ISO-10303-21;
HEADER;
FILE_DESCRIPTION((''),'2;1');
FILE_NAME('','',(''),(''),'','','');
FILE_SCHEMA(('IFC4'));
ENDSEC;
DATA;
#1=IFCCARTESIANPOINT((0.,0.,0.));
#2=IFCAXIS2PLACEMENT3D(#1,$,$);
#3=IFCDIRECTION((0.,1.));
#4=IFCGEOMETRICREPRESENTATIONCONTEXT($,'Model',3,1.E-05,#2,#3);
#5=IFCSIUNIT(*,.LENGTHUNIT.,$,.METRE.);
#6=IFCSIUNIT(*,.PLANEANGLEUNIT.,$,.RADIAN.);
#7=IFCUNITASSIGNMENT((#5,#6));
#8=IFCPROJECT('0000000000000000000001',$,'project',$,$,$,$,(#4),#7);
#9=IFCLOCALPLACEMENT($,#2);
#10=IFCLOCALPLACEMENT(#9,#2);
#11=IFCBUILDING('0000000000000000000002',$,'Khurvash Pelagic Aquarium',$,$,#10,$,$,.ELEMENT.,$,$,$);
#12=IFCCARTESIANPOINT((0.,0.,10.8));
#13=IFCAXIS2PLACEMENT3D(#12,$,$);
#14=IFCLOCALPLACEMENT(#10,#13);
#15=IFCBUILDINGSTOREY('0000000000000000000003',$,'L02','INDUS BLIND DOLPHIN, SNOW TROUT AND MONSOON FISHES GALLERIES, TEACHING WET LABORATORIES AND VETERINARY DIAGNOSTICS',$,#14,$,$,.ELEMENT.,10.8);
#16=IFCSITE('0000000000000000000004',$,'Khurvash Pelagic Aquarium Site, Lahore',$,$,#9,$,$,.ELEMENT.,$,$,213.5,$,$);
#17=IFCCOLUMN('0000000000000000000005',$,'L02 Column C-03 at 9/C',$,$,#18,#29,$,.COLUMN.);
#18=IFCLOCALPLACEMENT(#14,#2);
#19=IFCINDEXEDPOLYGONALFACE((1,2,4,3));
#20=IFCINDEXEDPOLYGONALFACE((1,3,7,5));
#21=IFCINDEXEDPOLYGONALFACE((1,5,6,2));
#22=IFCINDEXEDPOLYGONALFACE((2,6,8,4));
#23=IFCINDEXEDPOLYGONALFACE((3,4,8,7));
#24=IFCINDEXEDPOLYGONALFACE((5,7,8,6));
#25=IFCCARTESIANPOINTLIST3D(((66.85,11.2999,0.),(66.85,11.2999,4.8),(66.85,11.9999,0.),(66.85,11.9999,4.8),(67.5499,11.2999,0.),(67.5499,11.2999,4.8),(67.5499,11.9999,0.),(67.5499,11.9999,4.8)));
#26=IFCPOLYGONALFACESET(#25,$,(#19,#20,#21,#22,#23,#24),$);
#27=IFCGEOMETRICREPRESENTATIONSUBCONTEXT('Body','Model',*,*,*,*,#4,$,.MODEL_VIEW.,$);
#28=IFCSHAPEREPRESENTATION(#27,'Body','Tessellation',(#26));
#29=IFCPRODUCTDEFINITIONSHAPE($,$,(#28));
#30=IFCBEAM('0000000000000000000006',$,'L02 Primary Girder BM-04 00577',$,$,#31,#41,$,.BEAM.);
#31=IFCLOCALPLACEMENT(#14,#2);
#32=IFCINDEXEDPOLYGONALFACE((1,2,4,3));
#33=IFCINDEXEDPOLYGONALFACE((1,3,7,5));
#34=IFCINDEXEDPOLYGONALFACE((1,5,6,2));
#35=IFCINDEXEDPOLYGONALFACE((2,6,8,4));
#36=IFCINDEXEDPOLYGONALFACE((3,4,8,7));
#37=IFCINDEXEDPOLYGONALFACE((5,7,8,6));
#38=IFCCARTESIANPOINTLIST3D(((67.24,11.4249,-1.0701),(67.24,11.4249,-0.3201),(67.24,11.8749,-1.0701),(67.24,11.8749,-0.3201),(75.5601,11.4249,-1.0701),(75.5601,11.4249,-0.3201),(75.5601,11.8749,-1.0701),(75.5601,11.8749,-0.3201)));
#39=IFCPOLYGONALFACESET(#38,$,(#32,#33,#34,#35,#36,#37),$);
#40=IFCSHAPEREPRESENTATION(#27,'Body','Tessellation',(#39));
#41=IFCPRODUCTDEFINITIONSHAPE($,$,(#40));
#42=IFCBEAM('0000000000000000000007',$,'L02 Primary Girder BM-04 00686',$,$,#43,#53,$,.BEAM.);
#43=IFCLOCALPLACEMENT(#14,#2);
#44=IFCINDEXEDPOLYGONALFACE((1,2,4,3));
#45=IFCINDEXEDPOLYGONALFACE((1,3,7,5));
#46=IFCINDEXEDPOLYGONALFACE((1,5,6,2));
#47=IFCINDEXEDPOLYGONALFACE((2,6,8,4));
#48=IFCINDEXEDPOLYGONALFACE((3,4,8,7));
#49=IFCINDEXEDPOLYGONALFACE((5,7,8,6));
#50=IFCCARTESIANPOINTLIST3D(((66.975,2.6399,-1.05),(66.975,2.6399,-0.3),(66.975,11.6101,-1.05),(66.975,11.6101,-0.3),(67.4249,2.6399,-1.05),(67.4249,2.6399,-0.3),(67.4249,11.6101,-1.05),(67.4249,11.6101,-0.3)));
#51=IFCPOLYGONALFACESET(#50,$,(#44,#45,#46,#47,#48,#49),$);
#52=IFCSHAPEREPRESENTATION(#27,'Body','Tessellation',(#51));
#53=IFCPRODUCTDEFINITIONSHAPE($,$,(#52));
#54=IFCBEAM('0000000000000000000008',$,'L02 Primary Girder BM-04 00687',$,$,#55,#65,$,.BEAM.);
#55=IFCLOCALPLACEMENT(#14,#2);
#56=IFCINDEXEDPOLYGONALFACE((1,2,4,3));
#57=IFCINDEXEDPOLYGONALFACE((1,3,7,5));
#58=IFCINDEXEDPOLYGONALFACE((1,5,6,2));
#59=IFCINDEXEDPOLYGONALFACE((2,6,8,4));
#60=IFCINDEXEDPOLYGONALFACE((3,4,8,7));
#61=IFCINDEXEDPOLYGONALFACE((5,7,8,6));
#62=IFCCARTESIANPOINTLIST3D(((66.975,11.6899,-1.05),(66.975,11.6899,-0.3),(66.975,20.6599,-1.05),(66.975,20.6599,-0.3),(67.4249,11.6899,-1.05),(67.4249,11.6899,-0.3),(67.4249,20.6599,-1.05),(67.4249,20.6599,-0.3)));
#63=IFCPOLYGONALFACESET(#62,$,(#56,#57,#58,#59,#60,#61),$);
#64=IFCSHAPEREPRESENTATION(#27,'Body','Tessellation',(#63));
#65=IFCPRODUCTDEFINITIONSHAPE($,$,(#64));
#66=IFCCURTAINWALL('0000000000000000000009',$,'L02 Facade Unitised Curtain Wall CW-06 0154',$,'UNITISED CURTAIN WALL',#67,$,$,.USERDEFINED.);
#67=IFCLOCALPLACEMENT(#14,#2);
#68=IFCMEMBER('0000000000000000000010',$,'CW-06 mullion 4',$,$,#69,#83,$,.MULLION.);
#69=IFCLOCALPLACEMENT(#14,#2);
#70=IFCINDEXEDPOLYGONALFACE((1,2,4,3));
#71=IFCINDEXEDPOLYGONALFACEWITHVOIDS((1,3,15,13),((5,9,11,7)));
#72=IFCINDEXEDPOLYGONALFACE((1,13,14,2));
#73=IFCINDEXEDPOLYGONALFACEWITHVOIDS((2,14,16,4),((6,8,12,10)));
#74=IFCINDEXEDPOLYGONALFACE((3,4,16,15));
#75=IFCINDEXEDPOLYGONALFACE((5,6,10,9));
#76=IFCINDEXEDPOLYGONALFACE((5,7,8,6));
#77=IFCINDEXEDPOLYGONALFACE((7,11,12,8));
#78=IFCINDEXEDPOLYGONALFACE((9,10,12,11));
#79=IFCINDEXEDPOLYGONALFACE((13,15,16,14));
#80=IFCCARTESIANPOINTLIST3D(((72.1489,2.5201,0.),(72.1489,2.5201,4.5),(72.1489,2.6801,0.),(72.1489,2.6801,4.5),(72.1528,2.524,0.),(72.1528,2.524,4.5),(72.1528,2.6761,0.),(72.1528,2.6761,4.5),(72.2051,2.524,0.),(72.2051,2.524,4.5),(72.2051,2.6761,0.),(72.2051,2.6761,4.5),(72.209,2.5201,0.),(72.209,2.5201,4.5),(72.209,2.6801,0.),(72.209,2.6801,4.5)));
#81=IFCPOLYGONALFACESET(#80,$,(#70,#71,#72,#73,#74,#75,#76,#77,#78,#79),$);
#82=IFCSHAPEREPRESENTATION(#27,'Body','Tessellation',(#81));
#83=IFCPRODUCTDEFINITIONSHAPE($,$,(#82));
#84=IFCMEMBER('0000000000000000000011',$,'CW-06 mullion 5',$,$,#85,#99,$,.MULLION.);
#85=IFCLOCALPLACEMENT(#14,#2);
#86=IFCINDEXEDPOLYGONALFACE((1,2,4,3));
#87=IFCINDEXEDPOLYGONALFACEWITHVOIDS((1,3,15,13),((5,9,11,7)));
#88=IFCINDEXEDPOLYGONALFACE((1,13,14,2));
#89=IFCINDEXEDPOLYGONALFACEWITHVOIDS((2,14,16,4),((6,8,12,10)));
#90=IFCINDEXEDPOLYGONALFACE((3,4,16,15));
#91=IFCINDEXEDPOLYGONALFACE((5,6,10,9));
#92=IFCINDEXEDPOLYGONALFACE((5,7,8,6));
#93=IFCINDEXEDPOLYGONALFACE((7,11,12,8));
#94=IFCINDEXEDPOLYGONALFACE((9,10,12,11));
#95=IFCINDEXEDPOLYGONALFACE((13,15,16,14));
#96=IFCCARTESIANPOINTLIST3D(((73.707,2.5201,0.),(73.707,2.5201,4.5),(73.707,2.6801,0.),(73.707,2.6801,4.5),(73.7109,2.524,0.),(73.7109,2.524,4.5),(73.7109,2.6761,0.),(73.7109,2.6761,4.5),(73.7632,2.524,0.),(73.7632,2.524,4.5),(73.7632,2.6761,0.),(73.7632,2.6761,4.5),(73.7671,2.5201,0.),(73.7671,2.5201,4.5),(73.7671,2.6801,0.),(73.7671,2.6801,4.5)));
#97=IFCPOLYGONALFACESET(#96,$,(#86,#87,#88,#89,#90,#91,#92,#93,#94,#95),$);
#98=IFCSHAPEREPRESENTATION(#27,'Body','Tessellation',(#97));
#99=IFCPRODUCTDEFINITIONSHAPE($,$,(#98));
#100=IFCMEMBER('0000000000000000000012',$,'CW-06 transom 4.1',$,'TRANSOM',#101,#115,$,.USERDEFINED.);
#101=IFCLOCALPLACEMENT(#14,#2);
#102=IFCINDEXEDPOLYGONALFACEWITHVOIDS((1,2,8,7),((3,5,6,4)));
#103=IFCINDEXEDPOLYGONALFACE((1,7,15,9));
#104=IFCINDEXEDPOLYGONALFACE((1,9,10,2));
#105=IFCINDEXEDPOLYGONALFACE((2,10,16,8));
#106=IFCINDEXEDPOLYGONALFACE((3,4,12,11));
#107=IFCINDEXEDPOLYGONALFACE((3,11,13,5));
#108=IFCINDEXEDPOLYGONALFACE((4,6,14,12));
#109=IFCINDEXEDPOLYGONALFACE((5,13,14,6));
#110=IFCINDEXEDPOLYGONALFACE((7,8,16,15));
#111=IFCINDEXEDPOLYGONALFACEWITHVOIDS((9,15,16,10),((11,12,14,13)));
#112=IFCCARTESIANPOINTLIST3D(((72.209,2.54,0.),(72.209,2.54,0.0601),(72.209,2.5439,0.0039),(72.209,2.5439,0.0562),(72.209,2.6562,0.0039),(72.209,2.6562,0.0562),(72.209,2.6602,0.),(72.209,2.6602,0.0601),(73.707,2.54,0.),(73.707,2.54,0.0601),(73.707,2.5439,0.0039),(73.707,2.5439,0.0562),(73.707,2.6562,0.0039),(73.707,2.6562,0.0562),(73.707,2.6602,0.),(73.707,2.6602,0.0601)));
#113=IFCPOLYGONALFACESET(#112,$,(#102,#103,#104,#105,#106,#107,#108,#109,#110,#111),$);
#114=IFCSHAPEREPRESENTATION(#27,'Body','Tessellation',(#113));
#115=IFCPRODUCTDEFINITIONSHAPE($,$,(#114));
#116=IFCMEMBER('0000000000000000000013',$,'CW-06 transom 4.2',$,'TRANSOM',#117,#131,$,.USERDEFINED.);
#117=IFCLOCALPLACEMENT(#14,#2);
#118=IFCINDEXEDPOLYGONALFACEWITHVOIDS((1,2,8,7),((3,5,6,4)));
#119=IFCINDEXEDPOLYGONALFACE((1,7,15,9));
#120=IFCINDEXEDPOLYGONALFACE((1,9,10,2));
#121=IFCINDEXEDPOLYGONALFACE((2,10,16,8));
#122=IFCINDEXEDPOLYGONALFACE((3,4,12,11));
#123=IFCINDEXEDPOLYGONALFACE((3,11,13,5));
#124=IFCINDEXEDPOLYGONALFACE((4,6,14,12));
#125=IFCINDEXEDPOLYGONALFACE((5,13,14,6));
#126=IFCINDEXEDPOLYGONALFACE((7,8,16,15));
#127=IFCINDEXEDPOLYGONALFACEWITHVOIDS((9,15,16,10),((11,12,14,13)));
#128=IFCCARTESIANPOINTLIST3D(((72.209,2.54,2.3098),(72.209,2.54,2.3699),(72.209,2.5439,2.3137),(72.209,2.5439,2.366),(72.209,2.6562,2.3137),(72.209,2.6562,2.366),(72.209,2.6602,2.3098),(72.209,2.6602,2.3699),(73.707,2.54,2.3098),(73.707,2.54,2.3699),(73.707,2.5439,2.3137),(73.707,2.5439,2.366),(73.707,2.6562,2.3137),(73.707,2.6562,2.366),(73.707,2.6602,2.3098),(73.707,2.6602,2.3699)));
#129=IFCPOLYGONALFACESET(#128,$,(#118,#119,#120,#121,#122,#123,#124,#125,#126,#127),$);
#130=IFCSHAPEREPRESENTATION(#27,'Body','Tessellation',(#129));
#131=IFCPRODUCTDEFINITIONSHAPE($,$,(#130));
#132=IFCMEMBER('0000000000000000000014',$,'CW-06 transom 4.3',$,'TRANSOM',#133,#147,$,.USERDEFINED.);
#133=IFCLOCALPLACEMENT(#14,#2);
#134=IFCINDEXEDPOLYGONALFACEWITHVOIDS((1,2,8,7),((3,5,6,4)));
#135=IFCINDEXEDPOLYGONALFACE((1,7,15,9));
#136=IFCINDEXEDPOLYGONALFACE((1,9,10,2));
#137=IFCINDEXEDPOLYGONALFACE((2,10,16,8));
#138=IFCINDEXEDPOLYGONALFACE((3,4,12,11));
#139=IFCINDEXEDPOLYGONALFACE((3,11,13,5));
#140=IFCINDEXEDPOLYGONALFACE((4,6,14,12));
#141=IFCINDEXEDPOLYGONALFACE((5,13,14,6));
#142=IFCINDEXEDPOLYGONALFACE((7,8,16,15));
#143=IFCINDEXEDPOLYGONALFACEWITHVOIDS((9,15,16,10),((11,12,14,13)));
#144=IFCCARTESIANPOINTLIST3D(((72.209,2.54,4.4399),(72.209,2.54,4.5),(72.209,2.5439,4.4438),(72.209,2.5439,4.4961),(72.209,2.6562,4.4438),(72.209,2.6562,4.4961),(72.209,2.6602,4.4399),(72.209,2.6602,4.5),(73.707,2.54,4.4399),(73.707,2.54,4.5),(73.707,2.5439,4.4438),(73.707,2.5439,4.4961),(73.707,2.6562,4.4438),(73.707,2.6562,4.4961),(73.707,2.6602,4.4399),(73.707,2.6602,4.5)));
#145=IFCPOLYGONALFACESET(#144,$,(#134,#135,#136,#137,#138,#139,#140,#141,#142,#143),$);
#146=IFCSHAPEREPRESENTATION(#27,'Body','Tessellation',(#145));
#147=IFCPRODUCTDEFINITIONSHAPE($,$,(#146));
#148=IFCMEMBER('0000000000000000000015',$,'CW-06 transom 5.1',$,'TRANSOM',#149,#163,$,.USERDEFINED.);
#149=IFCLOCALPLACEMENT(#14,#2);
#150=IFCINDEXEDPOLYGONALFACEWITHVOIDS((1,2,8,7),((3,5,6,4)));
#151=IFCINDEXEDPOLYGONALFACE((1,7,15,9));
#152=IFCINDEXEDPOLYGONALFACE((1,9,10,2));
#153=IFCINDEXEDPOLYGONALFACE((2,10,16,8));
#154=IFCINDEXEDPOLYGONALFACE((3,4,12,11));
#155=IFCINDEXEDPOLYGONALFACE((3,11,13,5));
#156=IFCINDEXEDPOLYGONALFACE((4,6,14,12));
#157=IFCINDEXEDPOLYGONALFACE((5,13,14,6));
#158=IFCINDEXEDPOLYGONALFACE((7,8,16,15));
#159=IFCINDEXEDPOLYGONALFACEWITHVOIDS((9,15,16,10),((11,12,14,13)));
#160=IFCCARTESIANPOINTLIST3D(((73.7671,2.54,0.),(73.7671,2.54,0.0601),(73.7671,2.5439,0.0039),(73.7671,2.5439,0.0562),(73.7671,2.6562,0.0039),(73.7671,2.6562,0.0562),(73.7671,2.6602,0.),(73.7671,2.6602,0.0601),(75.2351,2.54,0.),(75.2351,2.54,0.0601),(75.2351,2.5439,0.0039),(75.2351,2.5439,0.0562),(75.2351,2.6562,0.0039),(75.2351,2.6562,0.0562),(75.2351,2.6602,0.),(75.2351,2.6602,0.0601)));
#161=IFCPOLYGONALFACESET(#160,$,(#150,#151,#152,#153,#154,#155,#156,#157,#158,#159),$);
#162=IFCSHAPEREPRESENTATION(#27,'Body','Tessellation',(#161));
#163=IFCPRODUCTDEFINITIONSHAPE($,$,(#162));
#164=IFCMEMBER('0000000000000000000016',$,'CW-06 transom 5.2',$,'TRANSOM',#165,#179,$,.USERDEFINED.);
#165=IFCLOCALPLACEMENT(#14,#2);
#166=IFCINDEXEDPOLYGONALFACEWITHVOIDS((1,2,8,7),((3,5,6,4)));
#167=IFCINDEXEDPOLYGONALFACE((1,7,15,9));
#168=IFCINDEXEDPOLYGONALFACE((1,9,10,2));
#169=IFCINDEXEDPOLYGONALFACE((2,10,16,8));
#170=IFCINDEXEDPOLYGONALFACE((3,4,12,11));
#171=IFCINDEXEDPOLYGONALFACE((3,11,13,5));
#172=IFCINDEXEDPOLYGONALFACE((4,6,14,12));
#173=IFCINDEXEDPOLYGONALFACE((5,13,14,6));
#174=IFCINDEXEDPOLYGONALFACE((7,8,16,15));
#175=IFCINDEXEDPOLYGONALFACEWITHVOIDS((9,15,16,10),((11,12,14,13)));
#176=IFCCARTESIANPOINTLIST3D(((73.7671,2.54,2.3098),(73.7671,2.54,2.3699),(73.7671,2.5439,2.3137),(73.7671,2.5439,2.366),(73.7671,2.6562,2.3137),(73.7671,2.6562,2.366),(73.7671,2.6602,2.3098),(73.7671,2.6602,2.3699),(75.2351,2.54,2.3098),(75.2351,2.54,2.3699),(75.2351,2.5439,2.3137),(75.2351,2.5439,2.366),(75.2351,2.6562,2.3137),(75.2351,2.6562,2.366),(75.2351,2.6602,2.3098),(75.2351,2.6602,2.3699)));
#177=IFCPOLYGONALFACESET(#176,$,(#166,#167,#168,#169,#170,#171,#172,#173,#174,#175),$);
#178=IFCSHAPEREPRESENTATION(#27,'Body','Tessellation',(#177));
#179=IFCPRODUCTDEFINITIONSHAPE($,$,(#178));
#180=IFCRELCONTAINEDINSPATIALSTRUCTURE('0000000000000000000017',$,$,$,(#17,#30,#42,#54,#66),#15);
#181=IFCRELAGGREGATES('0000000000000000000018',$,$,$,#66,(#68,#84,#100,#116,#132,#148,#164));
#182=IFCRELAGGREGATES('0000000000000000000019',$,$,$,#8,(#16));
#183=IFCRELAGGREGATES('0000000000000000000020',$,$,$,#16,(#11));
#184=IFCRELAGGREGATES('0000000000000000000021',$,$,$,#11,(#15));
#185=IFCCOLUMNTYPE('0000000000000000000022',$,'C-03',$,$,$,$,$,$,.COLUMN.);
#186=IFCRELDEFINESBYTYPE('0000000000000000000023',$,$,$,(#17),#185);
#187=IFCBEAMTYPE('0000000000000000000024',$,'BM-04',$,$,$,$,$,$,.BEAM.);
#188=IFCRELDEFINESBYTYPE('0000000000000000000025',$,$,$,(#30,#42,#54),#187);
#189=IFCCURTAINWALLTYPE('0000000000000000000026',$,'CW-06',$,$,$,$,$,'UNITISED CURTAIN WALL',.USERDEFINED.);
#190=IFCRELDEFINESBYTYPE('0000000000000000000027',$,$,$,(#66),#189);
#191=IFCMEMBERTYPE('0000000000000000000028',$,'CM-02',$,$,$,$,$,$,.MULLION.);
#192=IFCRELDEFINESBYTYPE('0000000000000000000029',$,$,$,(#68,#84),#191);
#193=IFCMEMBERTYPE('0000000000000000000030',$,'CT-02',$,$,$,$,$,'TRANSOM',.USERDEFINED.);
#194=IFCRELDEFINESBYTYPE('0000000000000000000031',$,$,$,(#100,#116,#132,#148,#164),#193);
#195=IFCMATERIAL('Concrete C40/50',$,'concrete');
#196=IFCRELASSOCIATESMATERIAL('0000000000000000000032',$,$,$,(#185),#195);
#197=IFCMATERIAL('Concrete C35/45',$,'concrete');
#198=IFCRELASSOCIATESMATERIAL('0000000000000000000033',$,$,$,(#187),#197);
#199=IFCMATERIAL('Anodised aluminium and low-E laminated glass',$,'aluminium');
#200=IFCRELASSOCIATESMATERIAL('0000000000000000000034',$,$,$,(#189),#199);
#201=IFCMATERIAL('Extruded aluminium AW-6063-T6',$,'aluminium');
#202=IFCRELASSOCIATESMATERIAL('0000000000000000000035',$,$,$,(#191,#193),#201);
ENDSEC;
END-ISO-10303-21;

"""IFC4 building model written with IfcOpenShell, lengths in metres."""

from ifc_helpers import new_model, si_unit, direction, frame, origin, origin_2d, place, context, subcontext, project, spatial, rectangle, hollow_rectangle, extrude, material, material_profile, profile_set, type_object, element, aggregate, save


model = new_model("IFC4")

# Units and contexts
model_context = context("Model", 3, precision=1e-05, world=origin(), true_north=direction((0.0, 1.0)))
body_context = subcontext(model_context, "Body", "Model", "MODEL_VIEW")
ifc_project = project(units=[si_unit("LENGTHUNIT", "METRE"), si_unit("PLANEANGLEUNIT", "RADIAN")], contexts=[model_context])

# Site, building, storey
site_placement = place(None, origin())
site = spatial("IfcSite", under=ifc_project, at=site_placement, Name="Khurvash Pelagic Aquarium Site, Lahore", CompositionType="ELEMENT", RefElevation=213.5)
building_placement = place(site_placement, origin())
building = spatial("IfcBuilding", under=site, at=building_placement, Name="Khurvash Pelagic Aquarium", CompositionType="ELEMENT")
storey_placement = place(building_placement, frame((0.0, 0.0, 10.8)))
storey = spatial("IfcBuildingStorey", under=building, at=storey_placement, Name="L02", Description="INDUS BLIND DOLPHIN, SNOW TROUT AND MONSOON FISHES GALLERIES, TEACHING WET LABORATORIES AND VETERINARY DIAGNOSTICS", CompositionType="ELEMENT", Elevation=10.8)

# Column
ifc_material_1 = material(Name="Concrete C40/50", Category="concrete")
ifc_material_profile_1 = material_profile(ifc_material_1, rectangle(XDim=0.7, YDim=0.7, at=origin_2d()), Name="RC700X700")
ifc_profile_set_1 = profile_set([ifc_material_profile_1], Name="Concrete C40/50")
column_type = type_object("IfcColumnType", Name="C-03", PredefinedType="COLUMN", material=ifc_profile_set_1)
column_placement = place(storey_placement, frame((67.2, 11.6499, 0.0), z_axis=(0.0, 0.0, 1.0), x_axis=(1.0, 0.0, 0.0)))
element("IfcColumn", 1, at=column_placement, inside=storey, type_object=column_type, Name="L02 Column C-03 at 9/C", PredefinedType="COLUMN", context=body_context, shape_type="SweptSolid", body=[
    extrude(rectangle(XDim=0.7, YDim=0.7, at=origin_2d()), origin(), (0.0, 0.0, 1.0), 4.8),
])

# Beams
ifc_material_2 = material(Name="Concrete C35/45", Category="concrete")
ifc_material_profile_2 = material_profile(ifc_material_2, rectangle(XDim=0.45, YDim=0.75, at=origin_2d()), Name="RC450X750")
ifc_profile_set_2 = profile_set([ifc_material_profile_2], Name="Concrete C35/45")
beam_type_1 = type_object("IfcBeamType", Name="BM-04", PredefinedType="BEAM", material=ifc_profile_set_2)
beam_1_placement = place(storey_placement, frame((67.24, 11.6499, -0.6951), z_axis=(1.0, 0.0, 0.0), x_axis=(0.0, 1.0, 0.0)))
element("IfcBeam", 2, at=beam_1_placement, inside=storey, type_object=beam_type_1, Name="L02 Primary Girder BM-04 00577", PredefinedType="BEAM", context=body_context, shape_type="SweptSolid", body=[
    extrude(rectangle(XDim=0.45, YDim=0.75, at=origin_2d()), origin(), (0.0, 0.0, 1.0), 8.3201),
])
beam_2_placement = place(storey_placement, frame((67.2, 2.6399, -0.675), z_axis=(0.0, 1.0, 0.0), x_axis=(-1.0, 0.0, 0.0)))
element("IfcBeam", 3, at=beam_2_placement, inside=storey, type_object=beam_type_1, Name="L02 Primary Girder BM-04 00686", PredefinedType="BEAM", context=body_context, shape_type="SweptSolid", body=[
    extrude(rectangle(XDim=0.45, YDim=0.75, at=origin_2d()), origin(), (0.0, 0.0, 1.0), 8.9702),
])
beam_3_placement = place(storey_placement, frame((67.2, 11.6899, -0.675), z_axis=(0.0, 1.0, 0.0), x_axis=(-1.0, 0.0, 0.0)))
element("IfcBeam", 4, at=beam_3_placement, inside=storey, type_object=beam_type_1, Name="L02 Primary Girder BM-04 00687", PredefinedType="BEAM", context=body_context, shape_type="SweptSolid", body=[
    extrude(rectangle(XDim=0.45, YDim=0.75, at=origin_2d()), origin(), (0.0, 0.0, 1.0), 8.97),
])

# Curtain wall, members
ifc_material_3 = material(Name="Anodised aluminium and low-E laminated glass", Category="aluminium")
curtain_wall_type = type_object("IfcCurtainWallType", Name="CW-06", ElementType="UNITISED CURTAIN WALL", PredefinedType="USERDEFINED", material=ifc_material_3)
curtain_wall_placement = place(storey_placement, origin())
curtain_wall = element("IfcCurtainWall", 5, at=curtain_wall_placement, inside=storey, type_object=curtain_wall_type, Name="L02 Facade Unitised Curtain Wall CW-06 0154", ObjectType="UNITISED CURTAIN WALL", PredefinedType="USERDEFINED")
ifc_material_4 = material(Name="Extruded aluminium AW-6063-T6", Category="aluminium")
ifc_material_profile_3 = material_profile(ifc_material_4, hollow_rectangle(XDim=0.0601, YDim=0.1599, WallThickness=0.0039, at=origin_2d()), Name="CWM60X160X4")
ifc_profile_set_3 = profile_set([ifc_material_profile_3], Name="Extruded aluminium AW-6063-T6")
member_type_1 = type_object("IfcMemberType", Name="CM-02", PredefinedType="MULLION", material=ifc_profile_set_3)
member_1_placement = place(storey_placement, frame((72.179, 2.6001, 0.0), z_axis=(0.0, 0.0, 1.0), x_axis=(1.0, 0.0, 0.0)))
member_1 = element("IfcMember", 6, at=member_1_placement, type_object=member_type_1, Name="CW-06 mullion 4", PredefinedType="MULLION", context=body_context, shape_type="SweptSolid", body=[
    extrude(hollow_rectangle(XDim=0.0601, YDim=0.1599, WallThickness=0.0039, at=origin_2d()), origin(), (0.0, 0.0, 1.0), 4.5),
])
member_2_placement = place(storey_placement, frame((73.7371, 2.6001, 0.0), z_axis=(0.0, 0.0, 1.0), x_axis=(1.0, 0.0, 0.0)))
member_2 = element("IfcMember", 7, at=member_2_placement, type_object=member_type_1, Name="CW-06 mullion 5", PredefinedType="MULLION", context=body_context, shape_type="SweptSolid", body=[
    extrude(hollow_rectangle(XDim=0.0601, YDim=0.1599, WallThickness=0.0039, at=origin_2d()), origin(), (0.0, 0.0, 1.0), 4.5),
])
ifc_material_profile_4 = material_profile(ifc_material_4, hollow_rectangle(XDim=0.1201, YDim=0.0601, WallThickness=0.0039, at=origin_2d()), Name="CWT120X60X4")
ifc_profile_set_4 = profile_set([ifc_material_profile_4], Name="Extruded aluminium AW-6063-T6")
member_type_2 = type_object("IfcMemberType", Name="CT-02", ElementType="TRANSOM", PredefinedType="USERDEFINED", material=ifc_profile_set_4)
member_3_placement = place(storey_placement, frame((72.209, 2.6001, 0.03), z_axis=(1.0, 0.0, 0.0), x_axis=(0.0, 1.0, 0.0)))
member_3 = element("IfcMember", 8, at=member_3_placement, type_object=member_type_2, Name="CW-06 transom 4.1", ObjectType="TRANSOM", PredefinedType="USERDEFINED", context=body_context, shape_type="SweptSolid", body=[
    extrude(hollow_rectangle(XDim=0.1201, YDim=0.0601, WallThickness=0.0039, at=origin_2d()), origin(), (0.0, 0.0, 1.0), 1.498),
])
member_4_placement = place(storey_placement, frame((72.209, 2.6001, 2.3398), z_axis=(1.0, 0.0, 0.0), x_axis=(0.0, 1.0, 0.0)))
member_4 = element("IfcMember", 9, at=member_4_placement, type_object=member_type_2, Name="CW-06 transom 4.2", ObjectType="TRANSOM", PredefinedType="USERDEFINED", context=body_context, shape_type="SweptSolid", body=[
    extrude(hollow_rectangle(XDim=0.1201, YDim=0.0601, WallThickness=0.0039, at=origin_2d()), origin(), (0.0, 0.0, 1.0), 1.498),
])
member_5_placement = place(storey_placement, frame((72.209, 2.6001, 4.47), z_axis=(1.0, 0.0, 0.0), x_axis=(0.0, 1.0, 0.0)))
member_5 = element("IfcMember", 10, at=member_5_placement, type_object=member_type_2, Name="CW-06 transom 4.3", ObjectType="TRANSOM", PredefinedType="USERDEFINED", context=body_context, shape_type="SweptSolid", body=[
    extrude(hollow_rectangle(XDim=0.1201, YDim=0.0601, WallThickness=0.0039, at=origin_2d()), origin(), (0.0, 0.0, 1.0), 1.498),
])
member_6_placement = place(storey_placement, frame((73.7671, 2.6001, 0.03), z_axis=(1.0, 0.0, 0.0), x_axis=(0.0, 1.0, 0.0)))
member_6 = element("IfcMember", 11, at=member_6_placement, type_object=member_type_2, Name="CW-06 transom 5.1", ObjectType="TRANSOM", PredefinedType="USERDEFINED", context=body_context, shape_type="SweptSolid", body=[
    extrude(hollow_rectangle(XDim=0.1201, YDim=0.0601, WallThickness=0.0039, at=origin_2d()), origin(), (0.0, 0.0, 1.0), 1.468),
])
member_7_placement = place(storey_placement, frame((73.7671, 2.6001, 2.3398), z_axis=(1.0, 0.0, 0.0), x_axis=(0.0, 1.0, 0.0)))
member_7 = element("IfcMember", 12, at=member_7_placement, type_object=member_type_2, Name="CW-06 transom 5.2", ObjectType="TRANSOM", PredefinedType="USERDEFINED", context=body_context, shape_type="SweptSolid", body=[
    extrude(hollow_rectangle(XDim=0.1201, YDim=0.0601, WallThickness=0.0039, at=origin_2d()), origin(), (0.0, 0.0, 1.0), 1.468),
])

aggregate(curtain_wall, [member_1, member_2, member_3, member_4, member_5, member_6, member_7])

save(model, "model.ifc")
